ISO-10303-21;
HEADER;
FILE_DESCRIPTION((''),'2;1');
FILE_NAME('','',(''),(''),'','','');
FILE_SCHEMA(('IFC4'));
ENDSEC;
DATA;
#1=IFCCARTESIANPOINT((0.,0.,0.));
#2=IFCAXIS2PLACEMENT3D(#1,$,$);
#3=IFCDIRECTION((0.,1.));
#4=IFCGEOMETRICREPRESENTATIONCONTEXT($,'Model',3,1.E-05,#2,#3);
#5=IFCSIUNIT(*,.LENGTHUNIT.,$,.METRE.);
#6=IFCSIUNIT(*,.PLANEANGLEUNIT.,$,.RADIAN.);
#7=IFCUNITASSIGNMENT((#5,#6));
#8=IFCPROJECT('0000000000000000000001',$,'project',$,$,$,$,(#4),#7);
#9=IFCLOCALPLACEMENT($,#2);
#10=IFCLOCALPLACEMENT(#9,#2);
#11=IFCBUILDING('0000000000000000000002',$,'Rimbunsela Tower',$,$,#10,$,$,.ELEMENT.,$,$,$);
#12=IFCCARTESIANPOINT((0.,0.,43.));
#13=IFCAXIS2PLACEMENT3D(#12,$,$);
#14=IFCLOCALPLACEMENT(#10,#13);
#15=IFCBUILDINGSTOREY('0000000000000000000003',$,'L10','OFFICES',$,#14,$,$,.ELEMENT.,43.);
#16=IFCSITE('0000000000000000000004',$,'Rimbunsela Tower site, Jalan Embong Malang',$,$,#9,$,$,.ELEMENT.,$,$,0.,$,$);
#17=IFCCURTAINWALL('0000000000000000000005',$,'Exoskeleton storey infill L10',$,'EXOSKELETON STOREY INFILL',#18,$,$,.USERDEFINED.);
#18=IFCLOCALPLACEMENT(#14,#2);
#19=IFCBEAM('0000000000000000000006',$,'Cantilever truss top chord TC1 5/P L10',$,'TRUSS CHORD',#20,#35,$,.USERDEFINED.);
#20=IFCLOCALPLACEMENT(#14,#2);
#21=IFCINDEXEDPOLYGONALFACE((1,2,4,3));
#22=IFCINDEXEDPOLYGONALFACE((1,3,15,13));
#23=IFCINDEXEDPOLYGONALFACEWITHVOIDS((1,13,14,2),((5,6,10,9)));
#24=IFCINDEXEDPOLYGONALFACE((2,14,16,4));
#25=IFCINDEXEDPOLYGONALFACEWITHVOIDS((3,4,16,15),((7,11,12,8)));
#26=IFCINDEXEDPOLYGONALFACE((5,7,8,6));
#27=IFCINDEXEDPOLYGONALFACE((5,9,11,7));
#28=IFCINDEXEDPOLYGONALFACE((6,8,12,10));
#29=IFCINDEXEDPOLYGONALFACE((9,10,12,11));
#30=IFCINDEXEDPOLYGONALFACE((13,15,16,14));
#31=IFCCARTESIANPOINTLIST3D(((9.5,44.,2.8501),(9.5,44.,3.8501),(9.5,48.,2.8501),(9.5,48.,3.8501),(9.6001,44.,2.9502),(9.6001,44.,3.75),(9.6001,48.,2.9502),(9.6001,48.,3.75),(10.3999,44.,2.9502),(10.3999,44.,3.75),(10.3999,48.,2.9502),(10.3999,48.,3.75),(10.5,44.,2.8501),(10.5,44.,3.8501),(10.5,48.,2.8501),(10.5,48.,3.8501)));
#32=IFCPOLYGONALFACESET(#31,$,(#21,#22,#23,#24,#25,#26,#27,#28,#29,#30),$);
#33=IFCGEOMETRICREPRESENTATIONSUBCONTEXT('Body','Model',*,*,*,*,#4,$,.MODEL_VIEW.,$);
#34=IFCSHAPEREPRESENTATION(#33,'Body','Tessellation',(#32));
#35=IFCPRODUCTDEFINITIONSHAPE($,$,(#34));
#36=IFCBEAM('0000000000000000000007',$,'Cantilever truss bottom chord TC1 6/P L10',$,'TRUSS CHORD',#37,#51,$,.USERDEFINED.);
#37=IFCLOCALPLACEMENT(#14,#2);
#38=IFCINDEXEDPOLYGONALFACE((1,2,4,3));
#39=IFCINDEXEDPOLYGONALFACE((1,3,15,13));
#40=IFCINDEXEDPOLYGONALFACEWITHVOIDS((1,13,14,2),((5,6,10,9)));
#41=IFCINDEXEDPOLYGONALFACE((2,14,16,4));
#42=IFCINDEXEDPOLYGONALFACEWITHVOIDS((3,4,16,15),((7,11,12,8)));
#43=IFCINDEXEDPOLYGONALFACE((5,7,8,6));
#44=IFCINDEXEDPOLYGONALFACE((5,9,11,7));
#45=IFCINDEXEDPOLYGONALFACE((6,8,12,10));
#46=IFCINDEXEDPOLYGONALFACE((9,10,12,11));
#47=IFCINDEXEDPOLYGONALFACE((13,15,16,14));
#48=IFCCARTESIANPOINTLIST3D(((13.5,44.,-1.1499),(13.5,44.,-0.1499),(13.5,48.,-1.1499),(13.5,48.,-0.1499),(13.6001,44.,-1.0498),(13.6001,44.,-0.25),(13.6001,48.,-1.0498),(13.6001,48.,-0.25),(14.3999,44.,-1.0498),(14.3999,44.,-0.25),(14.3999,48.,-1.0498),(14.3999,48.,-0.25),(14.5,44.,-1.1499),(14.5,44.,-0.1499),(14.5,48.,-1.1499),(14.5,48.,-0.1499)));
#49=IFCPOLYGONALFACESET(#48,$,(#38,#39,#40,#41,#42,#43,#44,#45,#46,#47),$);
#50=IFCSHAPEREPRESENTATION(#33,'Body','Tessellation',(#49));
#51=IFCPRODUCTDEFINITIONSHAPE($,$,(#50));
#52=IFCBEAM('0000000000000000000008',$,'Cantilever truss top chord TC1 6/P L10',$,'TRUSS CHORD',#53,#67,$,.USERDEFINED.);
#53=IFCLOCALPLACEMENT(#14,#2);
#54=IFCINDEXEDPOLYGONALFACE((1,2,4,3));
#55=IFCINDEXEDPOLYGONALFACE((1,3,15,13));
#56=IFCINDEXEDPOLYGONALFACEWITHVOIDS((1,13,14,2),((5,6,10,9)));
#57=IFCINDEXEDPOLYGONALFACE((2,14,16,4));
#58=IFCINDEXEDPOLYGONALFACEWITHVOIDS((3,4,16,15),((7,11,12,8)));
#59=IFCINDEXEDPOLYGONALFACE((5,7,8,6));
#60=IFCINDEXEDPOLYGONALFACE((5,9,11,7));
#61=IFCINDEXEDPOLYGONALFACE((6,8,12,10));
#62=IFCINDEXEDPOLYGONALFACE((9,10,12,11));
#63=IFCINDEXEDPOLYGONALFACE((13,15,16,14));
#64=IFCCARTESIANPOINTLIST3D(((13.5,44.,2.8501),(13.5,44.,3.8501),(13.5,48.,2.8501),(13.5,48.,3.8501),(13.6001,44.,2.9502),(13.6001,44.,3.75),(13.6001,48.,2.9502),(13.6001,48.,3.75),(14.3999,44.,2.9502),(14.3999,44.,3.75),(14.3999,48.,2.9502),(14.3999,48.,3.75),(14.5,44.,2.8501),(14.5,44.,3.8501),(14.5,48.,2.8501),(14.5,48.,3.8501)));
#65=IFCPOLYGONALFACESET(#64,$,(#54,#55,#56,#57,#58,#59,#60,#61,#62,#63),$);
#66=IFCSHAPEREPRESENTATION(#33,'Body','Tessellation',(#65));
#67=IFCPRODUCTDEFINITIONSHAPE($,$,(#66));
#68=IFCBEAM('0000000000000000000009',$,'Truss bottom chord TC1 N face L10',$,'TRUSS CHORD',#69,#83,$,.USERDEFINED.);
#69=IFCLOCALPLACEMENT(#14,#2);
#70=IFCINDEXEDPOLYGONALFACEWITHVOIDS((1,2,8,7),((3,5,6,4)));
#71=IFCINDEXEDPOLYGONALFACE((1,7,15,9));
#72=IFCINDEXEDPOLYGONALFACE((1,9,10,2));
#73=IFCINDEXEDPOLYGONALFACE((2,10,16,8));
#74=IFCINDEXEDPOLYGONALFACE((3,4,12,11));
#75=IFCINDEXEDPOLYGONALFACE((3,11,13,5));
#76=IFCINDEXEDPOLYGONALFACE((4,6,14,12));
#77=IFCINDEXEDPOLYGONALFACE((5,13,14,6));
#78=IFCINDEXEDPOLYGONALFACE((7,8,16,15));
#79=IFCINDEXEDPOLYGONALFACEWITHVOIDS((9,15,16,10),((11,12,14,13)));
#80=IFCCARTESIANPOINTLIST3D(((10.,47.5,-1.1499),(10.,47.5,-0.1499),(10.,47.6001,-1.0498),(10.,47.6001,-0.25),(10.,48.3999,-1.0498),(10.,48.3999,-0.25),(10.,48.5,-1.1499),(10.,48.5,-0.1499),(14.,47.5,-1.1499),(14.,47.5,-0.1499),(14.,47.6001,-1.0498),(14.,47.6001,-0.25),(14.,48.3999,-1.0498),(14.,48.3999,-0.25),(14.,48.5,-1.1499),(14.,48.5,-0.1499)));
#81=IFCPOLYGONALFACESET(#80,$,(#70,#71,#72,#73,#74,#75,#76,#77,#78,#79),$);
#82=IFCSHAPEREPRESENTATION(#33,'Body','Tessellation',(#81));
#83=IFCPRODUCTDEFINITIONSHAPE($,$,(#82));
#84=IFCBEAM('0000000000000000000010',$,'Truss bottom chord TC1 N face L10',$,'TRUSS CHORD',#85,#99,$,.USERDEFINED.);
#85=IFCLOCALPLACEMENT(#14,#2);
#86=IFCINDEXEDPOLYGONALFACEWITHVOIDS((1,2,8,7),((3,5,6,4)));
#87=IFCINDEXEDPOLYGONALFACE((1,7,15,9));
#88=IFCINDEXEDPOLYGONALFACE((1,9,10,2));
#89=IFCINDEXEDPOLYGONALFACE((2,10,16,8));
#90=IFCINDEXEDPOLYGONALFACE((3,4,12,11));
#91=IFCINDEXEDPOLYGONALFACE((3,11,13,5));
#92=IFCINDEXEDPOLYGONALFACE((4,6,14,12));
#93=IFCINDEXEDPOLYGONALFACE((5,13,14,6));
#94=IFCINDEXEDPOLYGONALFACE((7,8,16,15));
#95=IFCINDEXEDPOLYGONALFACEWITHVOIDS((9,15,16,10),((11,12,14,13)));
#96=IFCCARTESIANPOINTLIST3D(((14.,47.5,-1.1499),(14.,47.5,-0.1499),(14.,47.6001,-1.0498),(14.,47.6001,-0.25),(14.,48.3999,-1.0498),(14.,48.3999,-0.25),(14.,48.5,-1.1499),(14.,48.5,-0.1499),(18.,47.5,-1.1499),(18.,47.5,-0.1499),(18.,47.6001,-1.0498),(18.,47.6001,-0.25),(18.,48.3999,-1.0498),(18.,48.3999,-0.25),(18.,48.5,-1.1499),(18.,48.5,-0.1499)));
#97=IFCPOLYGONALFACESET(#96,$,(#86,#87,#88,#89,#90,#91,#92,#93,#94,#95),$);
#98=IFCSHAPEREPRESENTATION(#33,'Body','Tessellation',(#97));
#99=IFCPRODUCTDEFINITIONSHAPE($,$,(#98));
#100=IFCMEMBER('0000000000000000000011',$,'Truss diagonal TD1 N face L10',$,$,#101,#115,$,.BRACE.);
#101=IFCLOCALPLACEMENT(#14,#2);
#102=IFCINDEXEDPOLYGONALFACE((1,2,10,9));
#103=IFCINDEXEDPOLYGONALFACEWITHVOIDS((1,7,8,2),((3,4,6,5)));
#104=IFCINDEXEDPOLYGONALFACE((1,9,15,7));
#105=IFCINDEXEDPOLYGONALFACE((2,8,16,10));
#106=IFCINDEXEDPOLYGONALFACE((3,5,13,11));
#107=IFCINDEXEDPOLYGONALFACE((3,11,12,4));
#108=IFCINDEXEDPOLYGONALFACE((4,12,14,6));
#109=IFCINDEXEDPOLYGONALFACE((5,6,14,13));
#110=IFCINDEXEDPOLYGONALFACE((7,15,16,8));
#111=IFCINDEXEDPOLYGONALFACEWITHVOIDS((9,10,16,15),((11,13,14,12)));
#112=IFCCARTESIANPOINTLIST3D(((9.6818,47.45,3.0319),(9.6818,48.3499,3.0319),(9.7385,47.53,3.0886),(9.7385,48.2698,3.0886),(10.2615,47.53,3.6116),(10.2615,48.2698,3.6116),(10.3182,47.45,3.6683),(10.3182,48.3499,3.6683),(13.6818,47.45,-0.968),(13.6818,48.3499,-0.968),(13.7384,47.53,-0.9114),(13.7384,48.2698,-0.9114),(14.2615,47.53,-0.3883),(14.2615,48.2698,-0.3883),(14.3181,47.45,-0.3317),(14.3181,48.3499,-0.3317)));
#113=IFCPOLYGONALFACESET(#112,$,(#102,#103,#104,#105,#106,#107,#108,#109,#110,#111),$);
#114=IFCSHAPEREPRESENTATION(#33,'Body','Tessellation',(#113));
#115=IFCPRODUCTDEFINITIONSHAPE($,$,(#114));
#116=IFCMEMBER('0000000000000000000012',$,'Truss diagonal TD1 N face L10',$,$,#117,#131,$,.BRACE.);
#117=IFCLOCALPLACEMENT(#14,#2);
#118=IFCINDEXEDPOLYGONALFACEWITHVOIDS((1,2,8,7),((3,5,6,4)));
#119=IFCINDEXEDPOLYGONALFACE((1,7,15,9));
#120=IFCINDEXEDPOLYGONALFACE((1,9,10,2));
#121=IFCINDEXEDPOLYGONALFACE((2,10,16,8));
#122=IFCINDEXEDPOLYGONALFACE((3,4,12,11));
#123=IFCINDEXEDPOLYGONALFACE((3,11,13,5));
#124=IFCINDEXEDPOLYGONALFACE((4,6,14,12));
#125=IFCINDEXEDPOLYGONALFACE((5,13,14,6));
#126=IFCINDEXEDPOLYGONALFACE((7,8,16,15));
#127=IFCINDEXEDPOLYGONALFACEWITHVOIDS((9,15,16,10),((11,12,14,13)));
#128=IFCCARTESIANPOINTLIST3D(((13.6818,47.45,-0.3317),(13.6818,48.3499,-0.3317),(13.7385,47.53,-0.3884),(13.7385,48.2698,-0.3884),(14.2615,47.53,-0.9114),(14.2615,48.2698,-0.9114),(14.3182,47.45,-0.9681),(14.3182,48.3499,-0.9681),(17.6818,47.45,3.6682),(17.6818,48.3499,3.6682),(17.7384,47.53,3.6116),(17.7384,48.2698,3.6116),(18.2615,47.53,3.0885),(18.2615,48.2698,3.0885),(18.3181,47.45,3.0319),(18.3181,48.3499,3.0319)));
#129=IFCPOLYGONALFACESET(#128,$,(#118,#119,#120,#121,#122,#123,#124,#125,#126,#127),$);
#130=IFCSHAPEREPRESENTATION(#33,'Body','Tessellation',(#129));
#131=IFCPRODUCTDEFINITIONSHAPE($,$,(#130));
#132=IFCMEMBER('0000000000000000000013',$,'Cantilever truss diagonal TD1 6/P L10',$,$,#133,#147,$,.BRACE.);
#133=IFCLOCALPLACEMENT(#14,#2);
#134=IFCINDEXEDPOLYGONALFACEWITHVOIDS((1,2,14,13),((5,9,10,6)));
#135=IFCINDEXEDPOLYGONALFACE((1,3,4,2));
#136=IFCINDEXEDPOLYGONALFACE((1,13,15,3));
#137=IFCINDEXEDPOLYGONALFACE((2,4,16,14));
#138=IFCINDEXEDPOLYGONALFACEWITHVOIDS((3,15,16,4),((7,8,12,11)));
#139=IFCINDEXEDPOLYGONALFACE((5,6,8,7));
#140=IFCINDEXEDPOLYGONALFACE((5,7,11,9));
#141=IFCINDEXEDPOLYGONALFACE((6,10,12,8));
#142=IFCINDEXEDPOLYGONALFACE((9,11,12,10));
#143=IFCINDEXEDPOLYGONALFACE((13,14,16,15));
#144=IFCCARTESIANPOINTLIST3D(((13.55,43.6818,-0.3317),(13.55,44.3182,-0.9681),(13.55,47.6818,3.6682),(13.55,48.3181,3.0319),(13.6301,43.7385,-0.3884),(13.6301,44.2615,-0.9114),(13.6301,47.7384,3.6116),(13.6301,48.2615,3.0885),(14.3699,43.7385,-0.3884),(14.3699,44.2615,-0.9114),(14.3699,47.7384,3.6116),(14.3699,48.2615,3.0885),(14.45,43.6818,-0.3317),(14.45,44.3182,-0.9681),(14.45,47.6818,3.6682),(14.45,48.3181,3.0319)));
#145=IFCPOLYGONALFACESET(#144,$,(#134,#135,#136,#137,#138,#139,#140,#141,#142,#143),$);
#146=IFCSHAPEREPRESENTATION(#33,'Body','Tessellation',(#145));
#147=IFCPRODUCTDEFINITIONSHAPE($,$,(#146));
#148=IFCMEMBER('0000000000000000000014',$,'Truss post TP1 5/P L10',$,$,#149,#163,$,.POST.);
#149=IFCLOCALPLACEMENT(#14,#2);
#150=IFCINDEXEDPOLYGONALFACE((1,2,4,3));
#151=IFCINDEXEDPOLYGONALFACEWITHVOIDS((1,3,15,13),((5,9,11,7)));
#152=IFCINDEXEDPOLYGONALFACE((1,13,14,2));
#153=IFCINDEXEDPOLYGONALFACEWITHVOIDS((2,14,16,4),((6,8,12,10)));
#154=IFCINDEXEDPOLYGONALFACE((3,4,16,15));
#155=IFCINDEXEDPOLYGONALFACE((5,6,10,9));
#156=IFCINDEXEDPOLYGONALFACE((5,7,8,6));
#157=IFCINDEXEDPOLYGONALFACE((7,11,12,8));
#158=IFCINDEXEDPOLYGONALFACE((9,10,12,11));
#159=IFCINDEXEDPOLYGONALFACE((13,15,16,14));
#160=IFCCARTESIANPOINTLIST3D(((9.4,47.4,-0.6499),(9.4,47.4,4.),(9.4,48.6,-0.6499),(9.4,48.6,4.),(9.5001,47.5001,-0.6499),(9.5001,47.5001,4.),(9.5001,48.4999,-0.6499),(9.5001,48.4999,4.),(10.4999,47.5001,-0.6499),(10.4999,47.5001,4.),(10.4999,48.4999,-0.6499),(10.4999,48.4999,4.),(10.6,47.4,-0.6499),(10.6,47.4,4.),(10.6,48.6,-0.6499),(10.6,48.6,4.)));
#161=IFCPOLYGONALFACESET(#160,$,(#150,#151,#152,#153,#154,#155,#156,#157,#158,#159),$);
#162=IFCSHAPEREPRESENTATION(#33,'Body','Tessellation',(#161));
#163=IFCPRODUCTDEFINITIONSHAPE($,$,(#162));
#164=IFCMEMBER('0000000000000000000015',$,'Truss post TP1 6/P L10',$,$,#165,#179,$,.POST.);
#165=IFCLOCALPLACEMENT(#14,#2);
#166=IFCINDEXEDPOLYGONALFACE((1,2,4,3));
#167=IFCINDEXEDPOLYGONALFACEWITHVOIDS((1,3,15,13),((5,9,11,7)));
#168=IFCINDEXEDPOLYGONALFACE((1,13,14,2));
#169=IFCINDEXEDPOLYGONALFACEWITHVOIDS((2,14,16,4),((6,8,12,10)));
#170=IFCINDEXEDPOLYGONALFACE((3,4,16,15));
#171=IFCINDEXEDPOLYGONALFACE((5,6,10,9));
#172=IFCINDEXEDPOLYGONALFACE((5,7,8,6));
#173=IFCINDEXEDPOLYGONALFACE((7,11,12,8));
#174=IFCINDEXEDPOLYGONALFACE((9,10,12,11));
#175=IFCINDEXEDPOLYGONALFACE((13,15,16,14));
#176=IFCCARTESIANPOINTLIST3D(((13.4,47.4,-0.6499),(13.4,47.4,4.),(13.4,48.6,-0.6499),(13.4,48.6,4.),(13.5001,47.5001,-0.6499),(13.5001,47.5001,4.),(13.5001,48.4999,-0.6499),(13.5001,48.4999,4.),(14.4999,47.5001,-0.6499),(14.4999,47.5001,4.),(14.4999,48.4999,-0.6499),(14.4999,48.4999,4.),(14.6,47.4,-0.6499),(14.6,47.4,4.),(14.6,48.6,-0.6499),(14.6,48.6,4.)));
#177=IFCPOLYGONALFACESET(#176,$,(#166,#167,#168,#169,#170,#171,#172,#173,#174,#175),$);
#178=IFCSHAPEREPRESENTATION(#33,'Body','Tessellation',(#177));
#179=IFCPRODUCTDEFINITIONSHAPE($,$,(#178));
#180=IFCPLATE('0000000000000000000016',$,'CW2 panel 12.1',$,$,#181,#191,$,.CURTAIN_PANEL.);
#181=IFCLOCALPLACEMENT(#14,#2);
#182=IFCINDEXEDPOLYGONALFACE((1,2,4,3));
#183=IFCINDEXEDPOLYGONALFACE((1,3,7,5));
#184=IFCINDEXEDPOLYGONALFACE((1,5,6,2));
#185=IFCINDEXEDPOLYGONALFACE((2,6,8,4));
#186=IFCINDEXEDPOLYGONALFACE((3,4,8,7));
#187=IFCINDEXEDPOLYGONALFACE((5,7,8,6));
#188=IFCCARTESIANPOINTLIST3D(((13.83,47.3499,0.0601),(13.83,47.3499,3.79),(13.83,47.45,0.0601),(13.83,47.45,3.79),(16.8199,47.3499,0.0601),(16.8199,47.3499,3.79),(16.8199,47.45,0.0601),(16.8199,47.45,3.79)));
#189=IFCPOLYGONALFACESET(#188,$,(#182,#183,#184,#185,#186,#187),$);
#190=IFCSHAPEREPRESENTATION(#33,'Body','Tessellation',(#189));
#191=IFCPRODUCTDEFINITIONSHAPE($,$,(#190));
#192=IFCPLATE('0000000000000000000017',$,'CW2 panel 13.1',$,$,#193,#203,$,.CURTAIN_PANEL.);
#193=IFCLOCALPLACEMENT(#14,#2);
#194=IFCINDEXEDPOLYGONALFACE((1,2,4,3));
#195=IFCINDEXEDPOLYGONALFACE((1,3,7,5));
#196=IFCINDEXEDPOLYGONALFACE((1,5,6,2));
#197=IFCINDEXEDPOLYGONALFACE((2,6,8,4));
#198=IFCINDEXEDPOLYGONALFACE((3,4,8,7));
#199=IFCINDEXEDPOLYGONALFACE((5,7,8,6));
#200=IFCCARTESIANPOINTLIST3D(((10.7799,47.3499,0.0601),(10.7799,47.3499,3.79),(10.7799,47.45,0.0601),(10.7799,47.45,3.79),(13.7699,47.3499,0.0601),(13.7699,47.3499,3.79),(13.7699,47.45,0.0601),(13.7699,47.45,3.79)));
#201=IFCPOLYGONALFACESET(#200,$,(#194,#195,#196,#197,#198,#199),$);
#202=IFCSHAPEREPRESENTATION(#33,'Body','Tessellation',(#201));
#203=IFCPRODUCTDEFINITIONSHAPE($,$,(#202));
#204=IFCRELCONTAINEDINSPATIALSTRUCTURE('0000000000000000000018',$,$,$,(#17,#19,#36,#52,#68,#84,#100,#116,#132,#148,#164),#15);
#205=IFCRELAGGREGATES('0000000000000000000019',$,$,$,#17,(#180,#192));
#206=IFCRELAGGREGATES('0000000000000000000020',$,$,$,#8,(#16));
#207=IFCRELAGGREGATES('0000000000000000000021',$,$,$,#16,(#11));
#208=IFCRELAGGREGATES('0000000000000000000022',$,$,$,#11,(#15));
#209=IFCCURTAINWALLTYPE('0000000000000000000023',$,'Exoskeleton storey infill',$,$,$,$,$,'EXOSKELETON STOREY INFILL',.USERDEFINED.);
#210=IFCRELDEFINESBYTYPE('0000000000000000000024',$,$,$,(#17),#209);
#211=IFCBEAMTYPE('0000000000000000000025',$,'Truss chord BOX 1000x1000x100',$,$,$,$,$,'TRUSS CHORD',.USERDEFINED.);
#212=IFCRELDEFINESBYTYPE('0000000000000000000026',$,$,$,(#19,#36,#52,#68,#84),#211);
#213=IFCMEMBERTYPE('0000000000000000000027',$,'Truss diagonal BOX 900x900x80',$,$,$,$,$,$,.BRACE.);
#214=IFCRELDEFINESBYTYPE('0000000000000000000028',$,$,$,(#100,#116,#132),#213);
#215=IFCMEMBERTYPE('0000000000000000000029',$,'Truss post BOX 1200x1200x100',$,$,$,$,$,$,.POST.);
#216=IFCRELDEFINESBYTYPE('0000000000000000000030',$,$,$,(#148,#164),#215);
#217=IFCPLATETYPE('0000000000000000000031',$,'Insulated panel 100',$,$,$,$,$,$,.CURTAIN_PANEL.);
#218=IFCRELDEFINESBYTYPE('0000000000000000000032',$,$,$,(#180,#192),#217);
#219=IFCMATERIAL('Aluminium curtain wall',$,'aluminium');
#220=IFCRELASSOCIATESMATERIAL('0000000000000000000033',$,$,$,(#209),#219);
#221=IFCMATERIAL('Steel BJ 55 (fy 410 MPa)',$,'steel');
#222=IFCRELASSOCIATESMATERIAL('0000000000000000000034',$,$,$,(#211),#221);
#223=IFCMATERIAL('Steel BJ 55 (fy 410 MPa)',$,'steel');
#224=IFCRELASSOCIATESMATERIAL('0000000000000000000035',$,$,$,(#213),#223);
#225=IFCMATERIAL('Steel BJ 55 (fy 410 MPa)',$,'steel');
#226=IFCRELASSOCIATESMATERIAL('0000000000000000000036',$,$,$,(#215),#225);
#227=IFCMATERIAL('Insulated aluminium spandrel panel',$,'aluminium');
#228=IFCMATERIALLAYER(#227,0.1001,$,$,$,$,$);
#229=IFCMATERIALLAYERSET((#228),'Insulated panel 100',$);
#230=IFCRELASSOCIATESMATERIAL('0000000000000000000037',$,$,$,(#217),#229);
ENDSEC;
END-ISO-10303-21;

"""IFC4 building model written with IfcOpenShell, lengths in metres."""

from ifc_helpers import new_model, si_unit, direction, frame, origin, origin_2d, place, context, subcontext, project, spatial, rectangle, hollow_rectangle, extrude, material, layer, layer_set, material_profile, profile_set, type_object, element, aggregate, save


model = new_model("IFC4")

# Units and contexts
model_context = context("Model", 3, precision=1e-05, world=origin(), true_north=direction((0.0, 1.0)))
body_context = subcontext(model_context, "Body", "Model", "MODEL_VIEW")
ifc_project = project(units=[si_unit("LENGTHUNIT", "METRE"), si_unit("PLANEANGLEUNIT", "RADIAN")], contexts=[model_context])

# Site, building, storey
site_placement = place(None, origin())
site = spatial("IfcSite", under=ifc_project, at=site_placement, Name="Rimbunsela Tower site, Jalan Embong Malang", CompositionType="ELEMENT", RefElevation=0.0)
building_placement = place(site_placement, origin())
building = spatial("IfcBuilding", under=site, at=building_placement, Name="Rimbunsela Tower", CompositionType="ELEMENT")
storey_placement = place(building_placement, frame((0.0, 0.0, 43.0)))
storey = spatial("IfcBuildingStorey", under=building, at=storey_placement, Name="L10", Description="OFFICES", CompositionType="ELEMENT", Elevation=43.0)

# Curtain wall
ifc_material_1 = material(Name="Aluminium curtain wall", Category="aluminium")
curtain_wall_type = type_object("IfcCurtainWallType", Name="Exoskeleton storey infill", ElementType="EXOSKELETON STOREY INFILL", PredefinedType="USERDEFINED", material=ifc_material_1)
curtain_wall_placement = place(storey_placement, origin())
curtain_wall = element("IfcCurtainWall", 1, at=curtain_wall_placement, inside=storey, type_object=curtain_wall_type, Name="Exoskeleton storey infill L10", ObjectType="EXOSKELETON STOREY INFILL", PredefinedType="USERDEFINED")

# Beams
ifc_material_2 = material(Name="Steel BJ 55 (fy 410 MPa)", Category="steel")
ifc_material_profile_1 = material_profile(ifc_material_2, hollow_rectangle(XDim=1.0, YDim=1.0, WallThickness=0.1001, at=origin_2d()), Name="BOX 1000x1000x100")
ifc_profile_set_1 = profile_set([ifc_material_profile_1], Name="Steel BJ 55 (fy 410 MPa)")
beam_type_1 = type_object("IfcBeamType", Name="Truss chord BOX 1000x1000x100", ElementType="TRUSS CHORD", PredefinedType="USERDEFINED", material=ifc_profile_set_1)
for number, where, z_axis, x_axis, name in (
    (2, (10.0, 44.0, 3.3501), (0.0, 1.0, 0.0), (-1.0, 0.0, 0.0), "Cantilever truss top chord TC1 5/P L10"),
    (3, (14.0, 44.0, -0.6499), (0.0, 1.0, 0.0), (-1.0, 0.0, 0.0), "Cantilever truss bottom chord TC1 6/P L10"),
    (4, (14.0, 44.0, 3.3501), (0.0, 1.0, 0.0), (-1.0, 0.0, 0.0), "Cantilever truss top chord TC1 6/P L10"),
    (5, (10.0, 48.0, -0.6499), (1.0, 0.0, 0.0), (0.0, 1.0, 0.0), "Truss bottom chord TC1 N face L10"),
    (6, (14.0, 48.0, -0.6499), (1.0, 0.0, 0.0), (0.0, 1.0, 0.0), "Truss bottom chord TC1 N face L10"),
):
    element("IfcBeam", number, at=place(storey_placement, frame(where, z_axis=z_axis, x_axis=x_axis)), inside=storey, type_object=beam_type_1, Name=name, ObjectType="TRUSS CHORD", PredefinedType="USERDEFINED", context=body_context, shape_type="SweptSolid", body=[
        extrude(hollow_rectangle(XDim=1.0, YDim=1.0, WallThickness=0.1001, at=origin_2d()), origin(), (0.0, 0.0, 1.0), 4.0),
    ])

# Members
ifc_material_3 = material(Name="Steel BJ 55 (fy 410 MPa)", Category="steel")
ifc_material_profile_2 = material_profile(ifc_material_3, hollow_rectangle(XDim=0.8999, YDim=0.8999, WallThickness=0.0801, at=origin_2d()), Name="BOX 900x900x80")
ifc_profile_set_2 = profile_set([ifc_material_profile_2], Name="Steel BJ 55 (fy 410 MPa)")
member_type_1 = type_object("IfcMemberType", Name="Truss diagonal BOX 900x900x80", PredefinedType="BRACE", material=ifc_profile_set_2)
for number, where, z_axis, x_axis, name in (
    (7, (10.0, 47.8999, 3.3501), (0.707107, 0.0, -0.707107), (0.0, 1.0, 0.0), "Truss diagonal TD1 N face L10"),
    (8, (14.0, 47.8999, -0.6499), (0.707107, 0.0, 0.707107), (0.0, 1.0, 0.0), "Truss diagonal TD1 N face L10"),
    (9, (14.0, 44.0, -0.6499), (0.0, 0.707107, 0.707107), (-1.0, 0.0, 0.0), "Cantilever truss diagonal TD1 6/P L10"),
):
    element("IfcMember", number, at=place(storey_placement, frame(where, z_axis=z_axis, x_axis=x_axis)), inside=storey, type_object=member_type_1, Name=name, PredefinedType="BRACE", context=body_context, shape_type="SweptSolid", body=[
        extrude(hollow_rectangle(XDim=0.8999, YDim=0.8999, WallThickness=0.0801, at=origin_2d()), origin(), (0.0, 0.0, 1.0), 5.6567),
    ])
ifc_material_4 = material(Name="Steel BJ 55 (fy 410 MPa)", Category="steel")
ifc_material_profile_3 = material_profile(ifc_material_4, hollow_rectangle(XDim=1.2, YDim=1.2, WallThickness=0.1001, at=origin_2d()), Name="BOX 1200x1200x100")
ifc_profile_set_3 = profile_set([ifc_material_profile_3], Name="Steel BJ 55 (fy 410 MPa)")
member_type_2 = type_object("IfcMemberType", Name="Truss post BOX 1200x1200x100", PredefinedType="POST", material=ifc_profile_set_3)
for number, where, z_axis, x_axis, name in (
    (10, (10.0, 48.0, -0.6499), (0.0, 0.0, 1.0), (1.0, 0.0, 0.0), "Truss post TP1 5/P L10"),
    (11, (14.0, 48.0, -0.6499), (0.0, 0.0, 1.0), (1.0, 0.0, 0.0), "Truss post TP1 6/P L10"),
):
    element("IfcMember", number, at=place(storey_placement, frame(where, z_axis=z_axis, x_axis=x_axis)), inside=storey, type_object=member_type_2, Name=name, PredefinedType="POST", context=body_context, shape_type="SweptSolid", body=[
        extrude(hollow_rectangle(XDim=1.2, YDim=1.2, WallThickness=0.1001, at=origin_2d()), origin(), (0.0, 0.0, 1.0), 4.6499),
    ])

# Plates
ifc_material_5 = material(Name="Insulated aluminium spandrel panel", Category="aluminium")
ifc_layer = layer(ifc_material_5, 0.1001)
ifc_layer_set = layer_set([ifc_layer], Name="Insulated panel 100")
plate_type = type_object("IfcPlateType", Name="Insulated panel 100", PredefinedType="CURTAIN_PANEL", material=ifc_layer_set)
plate_1_placement = place(storey_placement, frame((15.325, 47.3999, 0.0601), z_axis=(0.0, 0.0, 1.0), x_axis=(-1.0, 0.0, 0.0)))
plate_1 = element("IfcPlate", 12, at=plate_1_placement, type_object=plate_type, Name="CW2 panel 12.1", PredefinedType="CURTAIN_PANEL", context=body_context, shape_type="SweptSolid", body=[
    extrude(rectangle(XDim=2.99, YDim=0.1001, at=origin_2d()), origin(), (0.0, 0.0, 1.0), 3.73),
])
plate_2_placement = place(storey_placement, frame((12.2749, 47.3999, 0.0601), z_axis=(0.0, 0.0, 1.0), x_axis=(-1.0, 0.0, 0.0)))
plate_2 = element("IfcPlate", 13, at=plate_2_placement, type_object=plate_type, Name="CW2 panel 13.1", PredefinedType="CURTAIN_PANEL", context=body_context, shape_type="SweptSolid", body=[
    extrude(rectangle(XDim=2.99, YDim=0.1001, at=origin_2d()), origin(), (0.0, 0.0, 1.0), 3.73),
])
aggregate(curtain_wall, [plate_1, plate_2])

save(model, "model.ifc")
